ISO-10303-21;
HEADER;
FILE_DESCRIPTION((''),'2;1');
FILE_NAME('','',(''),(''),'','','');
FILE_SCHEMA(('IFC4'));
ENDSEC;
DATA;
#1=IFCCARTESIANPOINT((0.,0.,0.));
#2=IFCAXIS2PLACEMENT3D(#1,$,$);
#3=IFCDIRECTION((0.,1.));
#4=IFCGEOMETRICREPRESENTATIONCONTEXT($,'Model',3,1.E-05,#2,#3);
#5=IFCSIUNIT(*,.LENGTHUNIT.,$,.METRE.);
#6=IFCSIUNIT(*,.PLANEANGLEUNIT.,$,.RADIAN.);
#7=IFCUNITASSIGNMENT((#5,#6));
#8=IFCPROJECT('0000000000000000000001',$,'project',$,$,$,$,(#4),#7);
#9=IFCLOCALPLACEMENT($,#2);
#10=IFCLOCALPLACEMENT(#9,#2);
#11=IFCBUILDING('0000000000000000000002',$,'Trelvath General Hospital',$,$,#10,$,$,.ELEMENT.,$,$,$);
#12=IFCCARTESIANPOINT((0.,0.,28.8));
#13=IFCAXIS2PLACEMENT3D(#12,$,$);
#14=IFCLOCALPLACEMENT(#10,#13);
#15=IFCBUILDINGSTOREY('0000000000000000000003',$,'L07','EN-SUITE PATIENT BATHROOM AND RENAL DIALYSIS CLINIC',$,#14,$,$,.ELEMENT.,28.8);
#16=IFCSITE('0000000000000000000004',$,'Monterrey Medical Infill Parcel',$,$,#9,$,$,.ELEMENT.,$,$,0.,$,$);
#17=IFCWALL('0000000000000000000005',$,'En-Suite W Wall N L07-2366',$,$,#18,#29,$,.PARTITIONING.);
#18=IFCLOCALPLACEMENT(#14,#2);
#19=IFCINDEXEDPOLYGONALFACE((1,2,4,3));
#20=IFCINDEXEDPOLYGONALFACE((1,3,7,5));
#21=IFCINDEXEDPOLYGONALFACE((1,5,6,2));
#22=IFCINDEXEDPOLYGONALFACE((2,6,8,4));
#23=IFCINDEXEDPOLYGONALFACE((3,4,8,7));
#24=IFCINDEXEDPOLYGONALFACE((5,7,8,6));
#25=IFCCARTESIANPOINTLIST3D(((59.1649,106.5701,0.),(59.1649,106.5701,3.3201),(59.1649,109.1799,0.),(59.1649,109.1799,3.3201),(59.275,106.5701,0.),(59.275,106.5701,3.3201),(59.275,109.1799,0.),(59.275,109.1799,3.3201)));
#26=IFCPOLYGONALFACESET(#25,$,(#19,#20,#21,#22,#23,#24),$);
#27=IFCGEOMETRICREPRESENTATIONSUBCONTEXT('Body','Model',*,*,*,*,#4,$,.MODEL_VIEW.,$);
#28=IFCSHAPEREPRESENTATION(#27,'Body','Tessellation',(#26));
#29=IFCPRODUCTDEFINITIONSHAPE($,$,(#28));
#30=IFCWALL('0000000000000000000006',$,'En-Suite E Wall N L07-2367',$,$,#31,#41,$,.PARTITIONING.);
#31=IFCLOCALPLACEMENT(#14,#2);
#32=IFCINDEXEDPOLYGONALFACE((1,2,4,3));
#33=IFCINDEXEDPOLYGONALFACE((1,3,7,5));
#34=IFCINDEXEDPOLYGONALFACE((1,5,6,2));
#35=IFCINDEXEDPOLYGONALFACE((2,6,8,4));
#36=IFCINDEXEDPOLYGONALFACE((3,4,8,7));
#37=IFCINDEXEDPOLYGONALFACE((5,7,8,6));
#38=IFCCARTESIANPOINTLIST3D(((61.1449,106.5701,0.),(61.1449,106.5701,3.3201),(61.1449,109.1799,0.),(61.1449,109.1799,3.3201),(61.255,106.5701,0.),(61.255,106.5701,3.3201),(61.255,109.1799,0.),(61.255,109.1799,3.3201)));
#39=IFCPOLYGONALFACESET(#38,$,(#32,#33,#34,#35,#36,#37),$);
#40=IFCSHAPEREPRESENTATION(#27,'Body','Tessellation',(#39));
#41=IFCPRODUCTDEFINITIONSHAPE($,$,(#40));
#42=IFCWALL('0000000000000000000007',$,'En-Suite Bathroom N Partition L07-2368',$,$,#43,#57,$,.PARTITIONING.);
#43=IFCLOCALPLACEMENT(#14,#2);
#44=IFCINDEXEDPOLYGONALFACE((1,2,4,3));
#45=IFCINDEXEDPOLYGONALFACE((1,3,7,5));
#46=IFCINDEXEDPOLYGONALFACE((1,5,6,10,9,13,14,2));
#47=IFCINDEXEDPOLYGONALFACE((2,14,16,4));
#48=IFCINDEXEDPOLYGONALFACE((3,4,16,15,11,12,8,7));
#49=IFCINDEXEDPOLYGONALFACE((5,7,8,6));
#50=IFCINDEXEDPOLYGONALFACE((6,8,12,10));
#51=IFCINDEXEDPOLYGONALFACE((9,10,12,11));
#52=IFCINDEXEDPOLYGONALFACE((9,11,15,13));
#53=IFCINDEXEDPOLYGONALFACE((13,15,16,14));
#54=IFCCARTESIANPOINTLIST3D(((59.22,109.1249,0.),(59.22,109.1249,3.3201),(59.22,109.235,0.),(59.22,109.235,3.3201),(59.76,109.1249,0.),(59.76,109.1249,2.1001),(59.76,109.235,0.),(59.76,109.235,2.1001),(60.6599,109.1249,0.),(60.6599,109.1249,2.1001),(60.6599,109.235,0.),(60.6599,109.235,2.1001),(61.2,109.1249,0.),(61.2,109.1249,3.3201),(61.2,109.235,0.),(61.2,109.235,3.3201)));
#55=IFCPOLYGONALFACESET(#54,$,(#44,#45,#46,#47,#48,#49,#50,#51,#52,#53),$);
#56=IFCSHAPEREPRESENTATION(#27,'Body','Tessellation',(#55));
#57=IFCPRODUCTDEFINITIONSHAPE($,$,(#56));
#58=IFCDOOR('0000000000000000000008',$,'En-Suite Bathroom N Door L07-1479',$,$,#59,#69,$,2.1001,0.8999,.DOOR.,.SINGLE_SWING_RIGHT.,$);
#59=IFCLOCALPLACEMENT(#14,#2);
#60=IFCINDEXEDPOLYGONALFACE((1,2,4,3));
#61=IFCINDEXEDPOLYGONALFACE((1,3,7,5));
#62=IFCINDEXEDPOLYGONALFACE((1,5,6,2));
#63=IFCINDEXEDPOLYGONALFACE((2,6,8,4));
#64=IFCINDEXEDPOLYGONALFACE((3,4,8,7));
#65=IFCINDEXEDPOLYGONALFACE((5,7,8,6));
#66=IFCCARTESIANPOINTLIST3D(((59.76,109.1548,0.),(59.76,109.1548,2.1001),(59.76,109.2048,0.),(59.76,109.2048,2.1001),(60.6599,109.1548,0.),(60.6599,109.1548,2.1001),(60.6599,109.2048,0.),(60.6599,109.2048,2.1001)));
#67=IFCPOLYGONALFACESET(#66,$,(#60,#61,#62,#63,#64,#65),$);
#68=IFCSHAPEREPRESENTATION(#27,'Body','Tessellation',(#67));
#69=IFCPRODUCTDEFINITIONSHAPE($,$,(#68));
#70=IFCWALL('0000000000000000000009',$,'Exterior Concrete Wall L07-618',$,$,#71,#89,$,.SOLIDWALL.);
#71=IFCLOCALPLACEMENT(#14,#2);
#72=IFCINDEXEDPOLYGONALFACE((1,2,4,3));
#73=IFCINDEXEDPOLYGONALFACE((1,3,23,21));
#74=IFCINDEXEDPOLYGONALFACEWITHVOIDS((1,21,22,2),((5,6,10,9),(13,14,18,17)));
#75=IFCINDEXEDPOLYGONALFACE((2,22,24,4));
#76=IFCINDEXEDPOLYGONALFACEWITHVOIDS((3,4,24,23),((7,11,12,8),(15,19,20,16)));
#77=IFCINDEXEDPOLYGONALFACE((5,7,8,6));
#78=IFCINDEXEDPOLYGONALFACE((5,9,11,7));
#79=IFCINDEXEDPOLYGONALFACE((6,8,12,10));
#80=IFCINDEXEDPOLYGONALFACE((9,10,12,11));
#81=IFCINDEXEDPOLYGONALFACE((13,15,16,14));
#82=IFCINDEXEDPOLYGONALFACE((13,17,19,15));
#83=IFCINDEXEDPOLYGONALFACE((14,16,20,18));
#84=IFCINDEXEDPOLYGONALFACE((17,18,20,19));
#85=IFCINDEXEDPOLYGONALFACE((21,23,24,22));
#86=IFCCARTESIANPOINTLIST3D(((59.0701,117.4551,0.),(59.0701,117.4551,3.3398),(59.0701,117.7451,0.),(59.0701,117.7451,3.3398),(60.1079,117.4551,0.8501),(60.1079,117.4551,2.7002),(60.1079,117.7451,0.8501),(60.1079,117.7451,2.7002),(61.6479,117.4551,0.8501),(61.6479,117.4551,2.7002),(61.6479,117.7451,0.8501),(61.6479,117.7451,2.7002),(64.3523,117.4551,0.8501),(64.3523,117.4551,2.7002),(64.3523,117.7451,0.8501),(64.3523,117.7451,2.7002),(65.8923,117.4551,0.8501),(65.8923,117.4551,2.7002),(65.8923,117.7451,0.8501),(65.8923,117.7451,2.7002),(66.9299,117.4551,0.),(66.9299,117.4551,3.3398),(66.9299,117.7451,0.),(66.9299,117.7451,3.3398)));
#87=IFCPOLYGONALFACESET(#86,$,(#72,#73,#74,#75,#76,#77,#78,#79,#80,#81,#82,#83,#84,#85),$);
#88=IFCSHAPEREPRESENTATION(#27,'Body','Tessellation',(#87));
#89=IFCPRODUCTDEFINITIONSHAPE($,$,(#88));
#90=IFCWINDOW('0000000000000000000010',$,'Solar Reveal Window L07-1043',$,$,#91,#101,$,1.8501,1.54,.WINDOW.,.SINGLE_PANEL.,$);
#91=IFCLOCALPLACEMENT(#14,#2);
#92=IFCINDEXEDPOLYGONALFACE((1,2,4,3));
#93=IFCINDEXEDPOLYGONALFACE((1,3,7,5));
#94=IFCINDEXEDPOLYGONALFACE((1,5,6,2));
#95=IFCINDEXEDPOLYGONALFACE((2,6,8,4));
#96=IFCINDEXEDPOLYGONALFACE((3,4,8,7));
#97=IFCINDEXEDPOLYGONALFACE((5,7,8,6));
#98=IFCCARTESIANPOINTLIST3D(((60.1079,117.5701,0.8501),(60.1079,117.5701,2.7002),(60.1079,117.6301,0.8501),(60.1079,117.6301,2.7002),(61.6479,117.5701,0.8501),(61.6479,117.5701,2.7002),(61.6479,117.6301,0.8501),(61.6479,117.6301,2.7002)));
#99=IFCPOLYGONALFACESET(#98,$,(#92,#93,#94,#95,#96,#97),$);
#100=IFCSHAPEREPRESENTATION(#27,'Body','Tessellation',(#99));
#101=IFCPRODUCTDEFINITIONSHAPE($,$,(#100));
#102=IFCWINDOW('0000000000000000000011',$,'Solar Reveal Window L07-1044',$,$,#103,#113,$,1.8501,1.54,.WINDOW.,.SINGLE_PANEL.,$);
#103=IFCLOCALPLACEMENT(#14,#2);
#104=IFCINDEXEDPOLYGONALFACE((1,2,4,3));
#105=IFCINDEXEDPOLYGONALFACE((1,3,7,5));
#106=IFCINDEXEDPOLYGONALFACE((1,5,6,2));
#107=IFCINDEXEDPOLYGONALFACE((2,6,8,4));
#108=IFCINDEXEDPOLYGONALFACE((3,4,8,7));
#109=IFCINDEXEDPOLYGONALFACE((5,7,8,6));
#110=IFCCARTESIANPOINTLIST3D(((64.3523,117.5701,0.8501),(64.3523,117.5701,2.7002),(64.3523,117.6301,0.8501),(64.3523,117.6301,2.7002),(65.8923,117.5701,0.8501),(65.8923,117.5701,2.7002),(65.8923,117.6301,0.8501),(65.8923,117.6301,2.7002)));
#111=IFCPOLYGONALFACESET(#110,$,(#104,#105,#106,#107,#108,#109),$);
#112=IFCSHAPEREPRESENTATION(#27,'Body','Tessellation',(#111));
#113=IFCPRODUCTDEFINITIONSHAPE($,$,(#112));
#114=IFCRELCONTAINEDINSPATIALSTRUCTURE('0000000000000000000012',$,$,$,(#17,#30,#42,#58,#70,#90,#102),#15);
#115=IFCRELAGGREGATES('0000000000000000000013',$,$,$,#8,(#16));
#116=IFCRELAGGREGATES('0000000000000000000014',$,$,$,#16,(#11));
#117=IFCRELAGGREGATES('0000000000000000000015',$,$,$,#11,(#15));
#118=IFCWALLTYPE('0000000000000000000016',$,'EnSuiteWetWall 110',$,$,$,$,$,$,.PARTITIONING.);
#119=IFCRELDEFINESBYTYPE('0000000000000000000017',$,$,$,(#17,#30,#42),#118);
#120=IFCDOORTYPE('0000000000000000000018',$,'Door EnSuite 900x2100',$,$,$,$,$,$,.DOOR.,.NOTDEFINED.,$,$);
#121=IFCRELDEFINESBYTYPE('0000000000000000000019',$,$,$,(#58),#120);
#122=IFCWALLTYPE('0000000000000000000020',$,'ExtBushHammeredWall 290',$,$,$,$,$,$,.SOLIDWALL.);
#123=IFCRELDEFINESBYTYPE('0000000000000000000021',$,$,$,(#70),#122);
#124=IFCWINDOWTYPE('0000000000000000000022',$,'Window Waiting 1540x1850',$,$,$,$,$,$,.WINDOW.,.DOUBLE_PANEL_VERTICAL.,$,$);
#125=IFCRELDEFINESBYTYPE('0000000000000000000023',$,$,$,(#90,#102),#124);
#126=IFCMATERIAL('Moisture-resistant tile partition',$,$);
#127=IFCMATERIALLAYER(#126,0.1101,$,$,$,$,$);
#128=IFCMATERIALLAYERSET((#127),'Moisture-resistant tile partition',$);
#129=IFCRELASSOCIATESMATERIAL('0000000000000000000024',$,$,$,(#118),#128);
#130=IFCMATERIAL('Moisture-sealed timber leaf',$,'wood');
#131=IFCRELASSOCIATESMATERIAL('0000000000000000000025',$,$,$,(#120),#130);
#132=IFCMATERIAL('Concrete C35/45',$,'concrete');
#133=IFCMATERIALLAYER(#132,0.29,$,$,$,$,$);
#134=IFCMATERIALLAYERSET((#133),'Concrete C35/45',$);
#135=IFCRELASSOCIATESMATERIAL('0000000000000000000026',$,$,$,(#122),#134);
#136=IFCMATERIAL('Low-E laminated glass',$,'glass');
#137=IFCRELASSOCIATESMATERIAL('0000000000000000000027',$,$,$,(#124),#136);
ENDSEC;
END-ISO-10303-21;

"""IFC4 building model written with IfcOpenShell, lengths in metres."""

from ifc_helpers import new_model, si_unit, direction, frame, frame_2d, origin, place, context, subcontext, project, spatial, rectangle, extrude, material, layer, layer_set, type_object, element, fill, save


model = new_model("IFC4")

# Units and contexts
model_context = context("Model", 3, precision=1e-05, world=origin(), true_north=direction((0.0, 1.0)))
body_context = subcontext(model_context, "Body", "Model", "MODEL_VIEW")
ifc_project = project(units=[si_unit("LENGTHUNIT", "METRE"), si_unit("PLANEANGLEUNIT", "RADIAN")], contexts=[model_context])

# Site, building, storey
site_placement = place(None, origin())
site = spatial("IfcSite", under=ifc_project, at=site_placement, Name="Monterrey Medical Infill Parcel", CompositionType="ELEMENT", RefElevation=0.0)
building_placement = place(site_placement, origin())
building = spatial("IfcBuilding", under=site, at=building_placement, Name="Trelvath General Hospital", CompositionType="ELEMENT")
storey_placement = place(building_placement, frame((0.0, 0.0, 28.8)))
storey = spatial("IfcBuildingStorey", under=building, at=storey_placement, Name="L07", Description="EN-SUITE PATIENT BATHROOM AND RENAL DIALYSIS CLINIC", CompositionType="ELEMENT", Elevation=28.8)

# Shared definitions
ifc_material_1 = material(Name="Moisture-resistant tile partition")
ifc_layer_1 = layer(ifc_material_1, 0.1101)
ifc_layer_set_1 = layer_set([ifc_layer_1], Name="Moisture-resistant tile partition")
wall_type_1 = type_object("IfcWallType", Name="EnSuiteWetWall 110", PredefinedType="PARTITIONING", material=ifc_layer_set_1)
ifc_material_2 = material(Name="Moisture-sealed timber leaf", Category="wood")
door_type = type_object("IfcDoorType", Name="Door EnSuite 900x2100", OperationType="NOTDEFINED", PredefinedType="DOOR", material=ifc_material_2)

# Walls
for number, where, z_axis, x_axis, name in (
    (1, (59.22, 106.5701, 0.0), (0.0, 0.0, 1.0), (0.0, 1.0, 0.0), "En-Suite W Wall N L07-2366"),
    (2, (61.2, 106.5701, 0.0), (0.0, 0.0, 1.0), (0.0, 1.0, 0.0), "En-Suite E Wall N L07-2367"),
):
    element("IfcWall", number, at=place(storey_placement, frame(where, z_axis=z_axis, x_axis=x_axis)), inside=storey, type_object=wall_type_1, Name=name, PredefinedType="PARTITIONING", context=body_context, shape_type="SweptSolid", body=[
        extrude(rectangle(XDim=2.6099, YDim=0.1101, at=frame_2d((1.3049, 0.0))), origin(), (0.0, 0.0, 1.0), 3.3201),
    ])

# Wall, opening, door
wall_1_placement = place(storey_placement, frame((59.22, 109.1799, 0.0), z_axis=(0.0, 0.0, 1.0), x_axis=(1.0, 0.0, 0.0)))
wall_1 = element("IfcWall", 3, at=wall_1_placement, inside=storey, type_object=wall_type_1, Name="En-Suite Bathroom N Partition L07-2368", PredefinedType="PARTITIONING", context=body_context, shape_type="SweptSolid", body=[
    extrude(rectangle(XDim=1.98, YDim=0.1101, at=frame_2d((0.99, 0.0))), origin(), (0.0, 0.0, 1.0), 3.3201),
])
opening_1_placement = place(wall_1_placement, frame((0.54, 0.0, 0.0)))
opening_1 = element("IfcOpeningElement", 4, at=opening_1_placement, cuts=wall_1, PredefinedType="OPENING", context=body_context, shape_type="SweptSolid", body=[
    extrude(rectangle(XDim=0.8999, YDim=2.1001, at=frame_2d((0.45, 1.05))), frame((0.0, 0.0649, 0.0), z_axis=(0.0, -1.0, 0.0), x_axis=(1.0, 0.0, 0.0)), (0.0, 0.0, 1.0), 0.1301),
])
door_1_placement = place(opening_1_placement, origin())
door_1 = element("IfcDoor", 5, at=door_1_placement, inside=storey, type_object=door_type, Name="En-Suite Bathroom N Door L07-1479", OperationType="SINGLE_SWING_RIGHT", OverallHeight=2.1001, OverallWidth=0.8999, PredefinedType="DOOR", context=body_context, shape_type="SweptSolid", body=[
    extrude(rectangle(XDim=0.8999, YDim=2.1001, at=frame_2d((0.45, 1.05))), frame((0.0, 0.0249, 0.0), z_axis=(0.0, -1.0, 0.0), x_axis=(1.0, 0.0, 0.0)), (0.0, 0.0, 1.0), 0.05),
])
fill(opening_1, door_1)

# Wall, openings, windows
ifc_material_3 = material(Name="Concrete C35/45", Category="concrete")
ifc_layer_2 = layer(ifc_material_3, 0.29)
ifc_layer_set_2 = layer_set([ifc_layer_2], Name="Concrete C35/45")
wall_type_2 = type_object("IfcWallType", Name="ExtBushHammeredWall 290", PredefinedType="SOLIDWALL", material=ifc_layer_set_2)
wall_2_placement = place(storey_placement, frame((59.0701, 117.6001, 0.0), z_axis=(0.0, 0.0, 1.0), x_axis=(1.0, 0.0, 0.0)))
wall_2 = element("IfcWall", 6, at=wall_2_placement, inside=storey, type_object=wall_type_2, Name="Exterior Concrete Wall L07-618", PredefinedType="SOLIDWALL", context=body_context, shape_type="SweptSolid", body=[
    extrude(rectangle(XDim=7.8599, YDim=0.29, at=frame_2d((3.9299, 0.0))), origin(), (0.0, 0.0, 1.0), 3.3398),
])
opening_2_placement = place(wall_2_placement, frame((1.0378, 0.0, 0.8501)))
opening_2 = element("IfcOpeningElement", 7, at=opening_2_placement, cuts=wall_2, PredefinedType="OPENING", context=body_context, shape_type="SweptSolid", body=[
    extrude(rectangle(XDim=1.54, YDim=1.8501, at=frame_2d((0.77, 0.925))), frame((0.0, 0.155, 0.0), z_axis=(0.0, -1.0, 0.0), x_axis=(1.0, 0.0, 0.0)), (0.0, 0.0, 1.0), 0.3101),
])
opening_3_placement = place(wall_2_placement, frame((5.2822, 0.0, 0.8501)))
opening_3 = element("IfcOpeningElement", 8, at=opening_3_placement, cuts=wall_2, PredefinedType="OPENING", context=body_context, shape_type="SweptSolid", body=[
    extrude(rectangle(XDim=1.54, YDim=1.8501, at=frame_2d((0.77, 0.925))), frame((0.0, 0.155, 0.0), z_axis=(0.0, -1.0, 0.0), x_axis=(1.0, 0.0, 0.0)), (0.0, 0.0, 1.0), 0.3101),
])
ifc_material_4 = material(Name="Low-E laminated glass", Category="glass")
window_type = type_object("IfcWindowType", Name="Window Waiting 1540x1850", PartitioningType="DOUBLE_PANEL_VERTICAL", PredefinedType="WINDOW", material=ifc_material_4)
window_1_placement = place(opening_2_placement, origin())
window_1 = element("IfcWindow", 9, at=window_1_placement, inside=storey, type_object=window_type, Name="Solar Reveal Window L07-1043", OverallHeight=1.8501, OverallWidth=1.54, PartitioningType="SINGLE_PANEL", PredefinedType="WINDOW", context=body_context, shape_type="SweptSolid", body=[
    extrude(rectangle(XDim=1.54, YDim=1.8501, at=frame_2d((0.77, 0.925))), frame((0.0, 0.03, 0.0), z_axis=(0.0, -1.0, 0.0), x_axis=(1.0, 0.0, 0.0)), (0.0, 0.0, 1.0), 0.0601),
])
fill(opening_2, window_1)
window_2_placement = place(opening_3_placement, origin())
window_2 = element("IfcWindow", 10, at=window_2_placement, inside=storey, type_object=window_type, Name="Solar Reveal Window L07-1044", OverallHeight=1.8501, OverallWidth=1.54, PartitioningType="SINGLE_PANEL", PredefinedType="WINDOW", context=body_context, shape_type="SweptSolid", body=[
    extrude(rectangle(XDim=1.54, YDim=1.8501, at=frame_2d((0.77, 0.925))), frame((0.0, 0.03, 0.0), z_axis=(0.0, -1.0, 0.0), x_axis=(1.0, 0.0, 0.0)), (0.0, 0.0, 1.0), 0.0601),
])
fill(opening_3, window_2)

save(model, "model.ifc")
